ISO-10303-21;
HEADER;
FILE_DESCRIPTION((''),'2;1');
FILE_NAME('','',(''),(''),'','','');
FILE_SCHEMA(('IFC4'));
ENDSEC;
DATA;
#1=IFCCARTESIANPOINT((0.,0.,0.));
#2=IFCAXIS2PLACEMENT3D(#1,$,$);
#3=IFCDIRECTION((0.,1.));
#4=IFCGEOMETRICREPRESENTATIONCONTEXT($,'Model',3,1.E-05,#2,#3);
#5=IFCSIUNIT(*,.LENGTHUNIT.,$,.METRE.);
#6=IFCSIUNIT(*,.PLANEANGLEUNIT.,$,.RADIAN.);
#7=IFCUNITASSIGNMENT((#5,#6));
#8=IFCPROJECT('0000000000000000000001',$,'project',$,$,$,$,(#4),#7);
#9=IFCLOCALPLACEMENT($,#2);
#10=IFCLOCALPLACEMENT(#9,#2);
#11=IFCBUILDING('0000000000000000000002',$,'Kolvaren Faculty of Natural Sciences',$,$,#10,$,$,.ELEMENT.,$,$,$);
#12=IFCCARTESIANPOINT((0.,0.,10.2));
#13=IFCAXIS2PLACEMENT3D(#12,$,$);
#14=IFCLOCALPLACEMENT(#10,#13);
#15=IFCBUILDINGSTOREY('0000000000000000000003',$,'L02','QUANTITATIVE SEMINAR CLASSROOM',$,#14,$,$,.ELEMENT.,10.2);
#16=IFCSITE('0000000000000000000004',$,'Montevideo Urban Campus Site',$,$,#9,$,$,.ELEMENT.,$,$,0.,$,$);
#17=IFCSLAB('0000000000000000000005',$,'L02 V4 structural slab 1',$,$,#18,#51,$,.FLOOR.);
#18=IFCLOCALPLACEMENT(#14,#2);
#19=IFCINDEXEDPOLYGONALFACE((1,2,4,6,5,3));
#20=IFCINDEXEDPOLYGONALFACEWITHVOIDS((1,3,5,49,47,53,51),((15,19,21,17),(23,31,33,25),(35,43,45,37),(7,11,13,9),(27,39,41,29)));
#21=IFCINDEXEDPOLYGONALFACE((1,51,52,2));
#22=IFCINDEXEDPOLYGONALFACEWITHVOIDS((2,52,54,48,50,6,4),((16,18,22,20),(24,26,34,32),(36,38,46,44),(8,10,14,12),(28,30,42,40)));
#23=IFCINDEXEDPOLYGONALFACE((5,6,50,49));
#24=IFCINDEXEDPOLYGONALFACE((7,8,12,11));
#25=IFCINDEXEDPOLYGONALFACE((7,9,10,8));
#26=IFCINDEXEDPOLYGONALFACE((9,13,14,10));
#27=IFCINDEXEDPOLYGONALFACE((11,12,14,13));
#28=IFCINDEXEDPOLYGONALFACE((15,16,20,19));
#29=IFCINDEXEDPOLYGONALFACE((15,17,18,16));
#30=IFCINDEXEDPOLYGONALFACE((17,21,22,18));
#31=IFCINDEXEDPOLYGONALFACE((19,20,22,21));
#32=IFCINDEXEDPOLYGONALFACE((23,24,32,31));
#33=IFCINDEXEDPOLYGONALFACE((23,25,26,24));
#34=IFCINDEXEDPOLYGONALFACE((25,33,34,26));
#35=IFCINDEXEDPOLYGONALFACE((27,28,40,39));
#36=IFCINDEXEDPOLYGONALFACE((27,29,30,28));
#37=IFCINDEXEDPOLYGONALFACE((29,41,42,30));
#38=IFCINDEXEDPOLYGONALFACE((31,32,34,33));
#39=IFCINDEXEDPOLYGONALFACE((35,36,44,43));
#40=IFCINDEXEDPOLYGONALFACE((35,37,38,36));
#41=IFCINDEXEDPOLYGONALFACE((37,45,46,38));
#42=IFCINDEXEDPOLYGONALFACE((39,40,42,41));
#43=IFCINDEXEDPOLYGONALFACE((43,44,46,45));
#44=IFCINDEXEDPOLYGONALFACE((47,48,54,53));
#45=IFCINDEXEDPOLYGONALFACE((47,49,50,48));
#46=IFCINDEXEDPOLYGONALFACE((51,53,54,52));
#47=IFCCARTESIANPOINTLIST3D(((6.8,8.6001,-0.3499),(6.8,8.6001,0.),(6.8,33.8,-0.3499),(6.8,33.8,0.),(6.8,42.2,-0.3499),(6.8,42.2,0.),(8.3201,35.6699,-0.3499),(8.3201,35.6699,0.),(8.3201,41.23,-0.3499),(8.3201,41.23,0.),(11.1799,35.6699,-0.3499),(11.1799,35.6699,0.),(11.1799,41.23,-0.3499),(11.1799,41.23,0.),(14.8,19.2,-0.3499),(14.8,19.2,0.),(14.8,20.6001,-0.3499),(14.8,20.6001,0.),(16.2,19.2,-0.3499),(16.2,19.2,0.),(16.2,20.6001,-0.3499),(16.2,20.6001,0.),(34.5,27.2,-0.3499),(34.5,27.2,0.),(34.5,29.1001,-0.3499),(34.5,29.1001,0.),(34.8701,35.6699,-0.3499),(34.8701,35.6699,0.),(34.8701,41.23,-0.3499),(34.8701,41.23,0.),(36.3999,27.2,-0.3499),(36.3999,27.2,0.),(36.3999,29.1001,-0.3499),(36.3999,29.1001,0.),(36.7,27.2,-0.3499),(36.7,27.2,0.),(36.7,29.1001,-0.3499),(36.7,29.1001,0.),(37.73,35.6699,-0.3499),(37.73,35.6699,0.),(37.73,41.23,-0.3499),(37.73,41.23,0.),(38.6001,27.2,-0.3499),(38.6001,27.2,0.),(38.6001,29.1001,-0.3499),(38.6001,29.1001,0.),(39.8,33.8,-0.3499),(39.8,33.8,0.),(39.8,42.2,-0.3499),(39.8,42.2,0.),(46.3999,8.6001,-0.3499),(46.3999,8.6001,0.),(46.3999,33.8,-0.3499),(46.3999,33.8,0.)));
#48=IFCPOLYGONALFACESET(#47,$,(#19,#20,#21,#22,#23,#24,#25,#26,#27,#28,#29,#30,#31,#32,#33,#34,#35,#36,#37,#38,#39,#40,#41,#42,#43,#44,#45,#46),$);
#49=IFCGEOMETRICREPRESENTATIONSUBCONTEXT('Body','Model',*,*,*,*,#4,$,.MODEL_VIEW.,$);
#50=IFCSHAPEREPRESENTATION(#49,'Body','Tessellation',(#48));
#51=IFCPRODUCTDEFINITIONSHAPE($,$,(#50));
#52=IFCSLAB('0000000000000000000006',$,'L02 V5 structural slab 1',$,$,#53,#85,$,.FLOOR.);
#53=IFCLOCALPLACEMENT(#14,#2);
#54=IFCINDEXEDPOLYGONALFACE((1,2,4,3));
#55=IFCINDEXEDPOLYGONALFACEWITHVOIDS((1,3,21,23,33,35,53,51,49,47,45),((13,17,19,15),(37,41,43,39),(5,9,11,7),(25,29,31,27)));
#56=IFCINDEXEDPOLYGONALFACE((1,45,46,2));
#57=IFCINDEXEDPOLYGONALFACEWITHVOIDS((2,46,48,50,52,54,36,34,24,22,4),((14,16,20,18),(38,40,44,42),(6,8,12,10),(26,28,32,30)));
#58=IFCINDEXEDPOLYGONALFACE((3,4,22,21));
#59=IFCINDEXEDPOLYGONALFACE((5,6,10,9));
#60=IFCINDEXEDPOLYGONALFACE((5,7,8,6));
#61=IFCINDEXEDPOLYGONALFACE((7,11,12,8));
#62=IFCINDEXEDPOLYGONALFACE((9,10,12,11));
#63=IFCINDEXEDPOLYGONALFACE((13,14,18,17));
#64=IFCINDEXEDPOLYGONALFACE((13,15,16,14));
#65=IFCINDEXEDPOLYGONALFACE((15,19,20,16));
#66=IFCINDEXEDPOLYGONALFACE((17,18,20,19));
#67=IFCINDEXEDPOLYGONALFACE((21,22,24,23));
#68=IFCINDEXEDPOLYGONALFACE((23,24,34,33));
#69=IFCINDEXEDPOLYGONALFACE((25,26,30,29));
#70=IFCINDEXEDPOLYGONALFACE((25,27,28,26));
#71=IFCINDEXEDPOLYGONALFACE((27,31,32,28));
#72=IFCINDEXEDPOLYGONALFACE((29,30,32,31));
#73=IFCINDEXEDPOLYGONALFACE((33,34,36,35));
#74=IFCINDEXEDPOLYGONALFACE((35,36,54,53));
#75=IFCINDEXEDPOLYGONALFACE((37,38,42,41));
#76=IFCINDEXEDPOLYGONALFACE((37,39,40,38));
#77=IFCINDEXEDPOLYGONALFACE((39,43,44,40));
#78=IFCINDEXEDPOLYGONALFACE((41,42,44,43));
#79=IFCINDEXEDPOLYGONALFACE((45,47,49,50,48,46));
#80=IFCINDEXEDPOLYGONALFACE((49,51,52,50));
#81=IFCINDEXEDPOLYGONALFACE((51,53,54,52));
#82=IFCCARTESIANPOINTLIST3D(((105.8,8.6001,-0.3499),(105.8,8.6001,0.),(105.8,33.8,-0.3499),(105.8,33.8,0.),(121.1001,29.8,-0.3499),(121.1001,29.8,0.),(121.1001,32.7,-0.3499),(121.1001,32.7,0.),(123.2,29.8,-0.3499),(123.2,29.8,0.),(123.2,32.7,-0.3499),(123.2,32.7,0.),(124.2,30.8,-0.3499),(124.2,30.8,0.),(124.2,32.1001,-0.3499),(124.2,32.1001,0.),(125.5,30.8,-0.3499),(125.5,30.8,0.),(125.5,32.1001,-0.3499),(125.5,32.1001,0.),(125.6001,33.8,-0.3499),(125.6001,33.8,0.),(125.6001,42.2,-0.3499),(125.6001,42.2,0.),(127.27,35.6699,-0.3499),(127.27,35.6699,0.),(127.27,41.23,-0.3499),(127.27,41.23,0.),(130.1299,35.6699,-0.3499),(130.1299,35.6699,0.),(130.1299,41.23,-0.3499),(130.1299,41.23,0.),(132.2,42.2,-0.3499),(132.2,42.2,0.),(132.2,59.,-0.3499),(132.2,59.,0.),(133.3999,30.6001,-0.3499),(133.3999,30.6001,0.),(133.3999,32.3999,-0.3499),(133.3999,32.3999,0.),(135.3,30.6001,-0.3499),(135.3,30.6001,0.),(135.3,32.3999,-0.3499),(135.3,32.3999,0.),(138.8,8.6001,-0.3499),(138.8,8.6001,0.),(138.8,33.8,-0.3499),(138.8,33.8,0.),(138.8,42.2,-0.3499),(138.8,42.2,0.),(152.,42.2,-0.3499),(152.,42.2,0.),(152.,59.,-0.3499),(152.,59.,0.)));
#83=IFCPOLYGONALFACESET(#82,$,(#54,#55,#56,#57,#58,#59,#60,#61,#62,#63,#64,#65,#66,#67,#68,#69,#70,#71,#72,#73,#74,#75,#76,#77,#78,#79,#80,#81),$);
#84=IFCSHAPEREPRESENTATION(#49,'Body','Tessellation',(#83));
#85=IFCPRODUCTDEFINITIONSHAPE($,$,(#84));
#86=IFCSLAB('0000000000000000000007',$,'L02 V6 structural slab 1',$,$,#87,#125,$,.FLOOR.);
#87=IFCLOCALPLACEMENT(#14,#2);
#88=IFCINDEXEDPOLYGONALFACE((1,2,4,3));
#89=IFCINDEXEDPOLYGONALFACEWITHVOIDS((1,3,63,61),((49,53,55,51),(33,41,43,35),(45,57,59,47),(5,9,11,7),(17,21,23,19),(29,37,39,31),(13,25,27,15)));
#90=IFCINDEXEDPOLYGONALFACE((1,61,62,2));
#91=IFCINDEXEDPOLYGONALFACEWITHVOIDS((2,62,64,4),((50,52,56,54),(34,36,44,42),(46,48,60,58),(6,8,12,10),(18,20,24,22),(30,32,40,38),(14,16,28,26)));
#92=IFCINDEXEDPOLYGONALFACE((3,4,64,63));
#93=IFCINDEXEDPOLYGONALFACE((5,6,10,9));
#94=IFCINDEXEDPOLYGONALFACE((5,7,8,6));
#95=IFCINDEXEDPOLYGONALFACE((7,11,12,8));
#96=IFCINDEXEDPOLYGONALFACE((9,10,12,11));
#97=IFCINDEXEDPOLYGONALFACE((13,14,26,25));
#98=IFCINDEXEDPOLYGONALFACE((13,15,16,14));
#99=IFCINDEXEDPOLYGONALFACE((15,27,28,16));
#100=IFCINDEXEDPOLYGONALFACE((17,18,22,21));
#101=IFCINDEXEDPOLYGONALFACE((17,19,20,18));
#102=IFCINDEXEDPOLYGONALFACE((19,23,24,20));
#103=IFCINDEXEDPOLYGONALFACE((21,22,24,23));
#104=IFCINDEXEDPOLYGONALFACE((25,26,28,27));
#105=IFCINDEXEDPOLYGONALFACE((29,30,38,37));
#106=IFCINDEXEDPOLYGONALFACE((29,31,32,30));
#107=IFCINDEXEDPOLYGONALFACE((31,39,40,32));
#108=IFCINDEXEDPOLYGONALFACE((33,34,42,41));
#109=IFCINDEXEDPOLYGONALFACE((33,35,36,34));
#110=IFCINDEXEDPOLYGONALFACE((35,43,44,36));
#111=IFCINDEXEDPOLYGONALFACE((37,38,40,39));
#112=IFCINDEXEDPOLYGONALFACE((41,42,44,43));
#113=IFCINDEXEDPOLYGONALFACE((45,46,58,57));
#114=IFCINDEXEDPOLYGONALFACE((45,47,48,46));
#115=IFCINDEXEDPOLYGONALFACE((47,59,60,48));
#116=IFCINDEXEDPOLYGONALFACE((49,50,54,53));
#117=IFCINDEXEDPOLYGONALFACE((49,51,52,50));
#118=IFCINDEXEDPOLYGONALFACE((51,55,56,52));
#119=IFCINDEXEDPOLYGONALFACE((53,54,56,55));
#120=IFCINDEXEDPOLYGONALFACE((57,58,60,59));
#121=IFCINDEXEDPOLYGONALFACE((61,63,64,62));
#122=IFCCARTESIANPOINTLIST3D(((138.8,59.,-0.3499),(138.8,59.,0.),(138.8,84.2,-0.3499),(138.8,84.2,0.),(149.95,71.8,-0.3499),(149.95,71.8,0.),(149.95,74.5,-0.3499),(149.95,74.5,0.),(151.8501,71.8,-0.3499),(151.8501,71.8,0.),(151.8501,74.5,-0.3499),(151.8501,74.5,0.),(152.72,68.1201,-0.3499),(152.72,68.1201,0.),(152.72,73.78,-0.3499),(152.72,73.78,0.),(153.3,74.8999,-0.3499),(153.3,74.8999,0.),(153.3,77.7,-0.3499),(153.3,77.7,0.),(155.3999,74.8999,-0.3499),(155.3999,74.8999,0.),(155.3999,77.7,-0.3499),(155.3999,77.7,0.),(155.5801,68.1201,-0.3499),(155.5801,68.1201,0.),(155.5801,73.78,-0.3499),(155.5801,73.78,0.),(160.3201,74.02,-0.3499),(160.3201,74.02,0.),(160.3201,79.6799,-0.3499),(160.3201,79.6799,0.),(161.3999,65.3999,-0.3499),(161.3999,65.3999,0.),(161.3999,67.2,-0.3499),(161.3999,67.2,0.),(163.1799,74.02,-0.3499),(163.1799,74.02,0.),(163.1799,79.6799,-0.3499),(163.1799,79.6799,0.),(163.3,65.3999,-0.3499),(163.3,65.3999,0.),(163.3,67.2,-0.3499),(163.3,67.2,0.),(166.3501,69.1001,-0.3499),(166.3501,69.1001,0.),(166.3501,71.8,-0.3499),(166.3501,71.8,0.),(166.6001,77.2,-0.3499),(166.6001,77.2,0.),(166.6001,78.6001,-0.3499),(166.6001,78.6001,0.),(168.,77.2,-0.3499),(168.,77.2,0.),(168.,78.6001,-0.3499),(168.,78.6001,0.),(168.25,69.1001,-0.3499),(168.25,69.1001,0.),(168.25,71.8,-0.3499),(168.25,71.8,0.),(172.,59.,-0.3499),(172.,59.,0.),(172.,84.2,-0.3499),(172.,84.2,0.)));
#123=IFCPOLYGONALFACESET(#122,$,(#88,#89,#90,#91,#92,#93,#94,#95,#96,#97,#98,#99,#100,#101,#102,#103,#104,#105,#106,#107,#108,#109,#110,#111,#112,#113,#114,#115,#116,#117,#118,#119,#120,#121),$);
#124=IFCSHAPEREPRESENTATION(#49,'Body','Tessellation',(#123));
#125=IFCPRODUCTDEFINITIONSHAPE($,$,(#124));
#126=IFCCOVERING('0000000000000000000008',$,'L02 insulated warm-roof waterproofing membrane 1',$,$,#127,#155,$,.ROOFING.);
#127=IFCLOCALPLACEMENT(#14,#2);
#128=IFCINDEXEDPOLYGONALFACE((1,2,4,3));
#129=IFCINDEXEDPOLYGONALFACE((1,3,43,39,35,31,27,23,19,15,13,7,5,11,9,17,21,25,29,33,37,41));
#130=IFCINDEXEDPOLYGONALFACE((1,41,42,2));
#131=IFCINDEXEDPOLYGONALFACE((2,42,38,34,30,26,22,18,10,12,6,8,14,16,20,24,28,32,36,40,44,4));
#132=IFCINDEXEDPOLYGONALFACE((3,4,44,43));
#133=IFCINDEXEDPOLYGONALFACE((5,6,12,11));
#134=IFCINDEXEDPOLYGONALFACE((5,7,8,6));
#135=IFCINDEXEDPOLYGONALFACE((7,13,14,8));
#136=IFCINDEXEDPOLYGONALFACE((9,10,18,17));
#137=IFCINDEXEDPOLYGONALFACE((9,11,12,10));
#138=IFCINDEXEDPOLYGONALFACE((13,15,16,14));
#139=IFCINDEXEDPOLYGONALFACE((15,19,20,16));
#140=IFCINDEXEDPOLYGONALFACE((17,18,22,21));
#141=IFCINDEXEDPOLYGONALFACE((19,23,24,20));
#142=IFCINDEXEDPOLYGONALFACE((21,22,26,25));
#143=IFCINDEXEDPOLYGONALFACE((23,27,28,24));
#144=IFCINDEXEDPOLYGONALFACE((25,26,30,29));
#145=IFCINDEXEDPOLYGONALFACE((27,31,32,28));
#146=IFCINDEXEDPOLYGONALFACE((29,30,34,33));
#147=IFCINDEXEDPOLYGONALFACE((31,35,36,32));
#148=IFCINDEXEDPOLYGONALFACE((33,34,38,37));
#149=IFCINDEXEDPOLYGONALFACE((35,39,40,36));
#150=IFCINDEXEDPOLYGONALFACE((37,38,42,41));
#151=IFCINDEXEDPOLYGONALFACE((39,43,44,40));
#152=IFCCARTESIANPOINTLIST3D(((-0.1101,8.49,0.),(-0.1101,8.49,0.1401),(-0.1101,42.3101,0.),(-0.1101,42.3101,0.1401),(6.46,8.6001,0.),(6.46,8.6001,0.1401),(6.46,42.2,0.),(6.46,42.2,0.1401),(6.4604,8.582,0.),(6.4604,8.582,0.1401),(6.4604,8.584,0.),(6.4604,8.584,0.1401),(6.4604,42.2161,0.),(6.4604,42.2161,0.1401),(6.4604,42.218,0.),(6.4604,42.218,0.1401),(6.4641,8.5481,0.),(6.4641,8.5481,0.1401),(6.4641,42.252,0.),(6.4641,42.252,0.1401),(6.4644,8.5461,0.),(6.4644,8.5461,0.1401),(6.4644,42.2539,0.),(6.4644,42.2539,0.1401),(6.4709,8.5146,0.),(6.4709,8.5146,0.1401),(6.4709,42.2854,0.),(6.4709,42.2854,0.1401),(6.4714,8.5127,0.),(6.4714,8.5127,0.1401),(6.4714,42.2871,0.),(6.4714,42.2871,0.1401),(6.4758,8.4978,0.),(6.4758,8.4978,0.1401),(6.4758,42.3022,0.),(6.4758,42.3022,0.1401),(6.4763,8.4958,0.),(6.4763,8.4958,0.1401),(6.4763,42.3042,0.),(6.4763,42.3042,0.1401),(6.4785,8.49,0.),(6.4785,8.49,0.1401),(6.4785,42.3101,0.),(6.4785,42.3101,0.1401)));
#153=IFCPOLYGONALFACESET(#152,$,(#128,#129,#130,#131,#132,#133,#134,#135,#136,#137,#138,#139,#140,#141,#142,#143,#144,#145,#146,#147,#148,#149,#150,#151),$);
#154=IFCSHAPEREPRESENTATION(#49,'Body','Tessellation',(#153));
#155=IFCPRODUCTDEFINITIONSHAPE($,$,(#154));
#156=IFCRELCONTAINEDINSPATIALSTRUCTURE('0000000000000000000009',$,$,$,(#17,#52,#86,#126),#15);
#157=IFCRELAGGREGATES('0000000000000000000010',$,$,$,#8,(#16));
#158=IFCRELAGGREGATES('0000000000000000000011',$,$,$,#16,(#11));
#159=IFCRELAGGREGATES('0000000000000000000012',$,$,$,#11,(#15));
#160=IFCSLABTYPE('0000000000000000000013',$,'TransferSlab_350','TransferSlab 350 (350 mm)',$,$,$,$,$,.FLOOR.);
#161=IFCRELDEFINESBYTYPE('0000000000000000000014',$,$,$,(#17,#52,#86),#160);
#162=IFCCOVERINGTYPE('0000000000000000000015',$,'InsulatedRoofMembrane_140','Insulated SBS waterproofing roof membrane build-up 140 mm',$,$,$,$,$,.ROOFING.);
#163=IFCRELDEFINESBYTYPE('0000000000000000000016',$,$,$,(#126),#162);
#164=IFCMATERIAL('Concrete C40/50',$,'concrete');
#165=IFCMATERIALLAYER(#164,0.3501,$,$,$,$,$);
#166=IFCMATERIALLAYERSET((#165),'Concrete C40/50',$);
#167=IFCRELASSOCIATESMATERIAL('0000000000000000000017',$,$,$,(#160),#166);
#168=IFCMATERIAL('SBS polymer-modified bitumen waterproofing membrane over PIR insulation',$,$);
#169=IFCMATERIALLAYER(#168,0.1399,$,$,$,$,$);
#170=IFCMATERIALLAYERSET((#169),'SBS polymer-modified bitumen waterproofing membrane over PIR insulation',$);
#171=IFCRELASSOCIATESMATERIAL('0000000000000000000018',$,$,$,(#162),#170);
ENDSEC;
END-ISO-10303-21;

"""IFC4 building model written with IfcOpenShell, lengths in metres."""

from ifc_helpers import new_model, si_unit, direction, frame, origin, place, context, subcontext, project, spatial, polyline, outline, extrude, material, layer, layer_set, type_object, element, save


model = new_model("IFC4")

# Units and contexts
model_context = context("Model", 3, precision=1e-05, world=origin(), true_north=direction((0.0, 1.0)))
body_context = subcontext(model_context, "Body", "Model", "MODEL_VIEW")
ifc_project = project(units=[si_unit("LENGTHUNIT", "METRE"), si_unit("PLANEANGLEUNIT", "RADIAN")], contexts=[model_context])

# Site, building, storey
site_placement = place(None, origin())
site = spatial("IfcSite", under=ifc_project, at=site_placement, Name="Montevideo Urban Campus Site", CompositionType="ELEMENT", RefElevation=0.0)
building_placement = place(site_placement, origin())
building = spatial("IfcBuilding", under=site, at=building_placement, Name="Kolvaren Faculty of Natural Sciences", CompositionType="ELEMENT")
storey_placement = place(building_placement, frame((0.0, 0.0, 10.2)))
storey = spatial("IfcBuildingStorey", under=building, at=storey_placement, Name="L02", Description="QUANTITATIVE SEMINAR CLASSROOM", CompositionType="ELEMENT", Elevation=10.2)

# Slabs
ifc_material_1 = material(Name="Concrete C40/50", Category="concrete")
ifc_layer_1 = layer(ifc_material_1, 0.3501)
ifc_layer_set_1 = layer_set([ifc_layer_1], Name="Concrete C40/50")
slab_type_1 = type_object("IfcSlabType", Name="TransferSlab_350", Description="TransferSlab 350 (350 mm)", PredefinedType="FLOOR", material=ifc_layer_set_1)
slab_1_placement = place(storey_placement, frame((0.0, 0.0, -0.3499)))
element("IfcSlab", 1, at=slab_1_placement, inside=storey, type_object=slab_type_1, Name="L02 V4 structural slab 1", PredefinedType="FLOOR", context=body_context, shape_type="SweptSolid", body=[
    extrude(outline(polyline([(46.3999, 8.6001), (6.8, 8.6001), (6.8, 33.8), (6.8, 42.2), (39.8, 42.2), (39.8, 33.8), (46.3999, 33.8), (46.3999, 8.6001)]), holes=[polyline([(38.6001, 29.1001), (36.7, 29.1001), (36.7, 27.2), (38.6001, 27.2), (38.6001, 29.1001)]), polyline([(37.73, 41.23), (34.8701, 41.23), (34.8701, 35.6699), (37.73, 35.6699), (37.73, 41.23)]), polyline([(36.3999, 29.1001), (34.5, 29.1001), (34.5, 27.2), (36.3999, 27.2), (36.3999, 29.1001)]), polyline([(16.2, 20.6001), (14.8, 20.6001), (14.8, 19.2), (16.2, 19.2), (16.2, 20.6001)]), polyline([(11.1799, 41.23), (8.3201, 41.23), (8.3201, 35.6699), (11.1799, 35.6699), (11.1799, 41.23)])]), origin(), (0.0, 0.0, 1.0), 0.3499),
])
slab_2_placement = place(storey_placement, frame((0.0, 0.0, -0.3499)))
element("IfcSlab", 2, at=slab_2_placement, inside=storey, type_object=slab_type_1, Name="L02 V5 structural slab 1", PredefinedType="FLOOR", context=body_context, shape_type="SweptSolid", body=[
    extrude(outline(polyline([(105.8, 8.6001), (105.8, 33.8), (125.6001, 33.8), (125.6001, 42.2), (132.2, 42.2), (132.2, 59.0), (152.0, 59.0), (152.0, 42.2), (138.8, 42.2), (138.8, 33.8), (138.8, 8.6001), (105.8, 8.6001)]), holes=[polyline([(135.3, 32.3999), (133.3999, 32.3999), (133.3999, 30.6001), (135.3, 30.6001), (135.3, 32.3999)]), polyline([(130.1299, 41.23), (127.27, 41.23), (127.27, 35.6699), (130.1299, 35.6699), (130.1299, 41.23)]), polyline([(125.5, 32.1001), (124.2, 32.1001), (124.2, 30.8), (125.5, 30.8), (125.5, 32.1001)]), polyline([(123.2, 32.7), (121.1001, 32.7), (121.1001, 29.8), (123.2, 29.8), (123.2, 32.7)])]), origin(), (0.0, 0.0, 1.0), 0.3499),
])
slab_3_placement = place(storey_placement, frame((0.0, 0.0, -0.3499)))
element("IfcSlab", 3, at=slab_3_placement, inside=storey, type_object=slab_type_1, Name="L02 V6 structural slab 1", PredefinedType="FLOOR", context=body_context, shape_type="SweptSolid", body=[
    extrude(outline(polyline([(138.8, 59.0), (138.8, 84.2), (172.0, 84.2), (172.0, 59.0), (138.8, 59.0)]), holes=[polyline([(168.25, 71.8), (166.3501, 71.8), (166.3501, 69.1001), (168.25, 69.1001), (168.25, 71.8)]), polyline([(168.0, 77.2), (168.0, 78.6001), (166.6001, 78.6001), (166.6001, 77.2), (168.0, 77.2)]), polyline([(163.3, 67.2), (161.3999, 67.2), (161.3999, 65.3999), (163.3, 65.3999), (163.3, 67.2)]), polyline([(163.1799, 74.02), (163.1799, 79.6799), (160.3201, 79.6799), (160.3201, 74.02), (163.1799, 74.02)]), polyline([(155.5801, 73.78), (152.72, 73.78), (152.72, 68.1201), (155.5801, 68.1201), (155.5801, 73.78)]), polyline([(155.3999, 77.7), (153.3, 77.7), (153.3, 74.8999), (155.3999, 74.8999), (155.3999, 77.7)]), polyline([(151.8501, 74.5), (149.95, 74.5), (149.95, 71.8), (151.8501, 71.8), (151.8501, 74.5)])]), origin(), (0.0, 0.0, 1.0), 0.3499),
])

# Covering
ifc_material_2 = material(Name="SBS polymer-modified bitumen waterproofing membrane over PIR insulation")
ifc_layer_2 = layer(ifc_material_2, 0.1399)
ifc_layer_set_2 = layer_set([ifc_layer_2], Name="SBS polymer-modified bitumen waterproofing membrane over PIR insulation")
covering_type_1 = type_object("IfcCoveringType", Name="InsulatedRoofMembrane_140", Description="Insulated SBS waterproofing roof membrane build-up 140 mm", PredefinedType="ROOFING", material=ifc_layer_set_2)
covering_1_placement = place(storey_placement, origin())
element("IfcCovering", 4, at=covering_1_placement, inside=storey, type_object=covering_type_1, Name="L02 insulated warm-roof waterproofing membrane 1", PredefinedType="ROOFING", context=body_context, shape_type="SweptSolid", body=[
    extrude(outline(polyline([(6.4785, 42.3101), (6.4763, 42.3042), (6.4758, 42.3022), (6.4714, 42.2871), (6.4709, 42.2854), (6.4644, 42.2539), (6.4641, 42.252), (6.4604, 42.218), (6.4604, 42.2161), (6.46, 42.2), (6.46, 8.6001), (6.4604, 8.584), (6.4604, 8.582), (6.4641, 8.5481), (6.4644, 8.5461), (6.4709, 8.5146), (6.4714, 8.5127), (6.4758, 8.4978), (6.4763, 8.4958), (6.4785, 8.49), (-0.1101, 8.49), (-0.1101, 42.3101), (6.4785, 42.3101)])), origin(), (0.0, 0.0, 1.0), 0.1401),
])

save(model, "model.ifc")
